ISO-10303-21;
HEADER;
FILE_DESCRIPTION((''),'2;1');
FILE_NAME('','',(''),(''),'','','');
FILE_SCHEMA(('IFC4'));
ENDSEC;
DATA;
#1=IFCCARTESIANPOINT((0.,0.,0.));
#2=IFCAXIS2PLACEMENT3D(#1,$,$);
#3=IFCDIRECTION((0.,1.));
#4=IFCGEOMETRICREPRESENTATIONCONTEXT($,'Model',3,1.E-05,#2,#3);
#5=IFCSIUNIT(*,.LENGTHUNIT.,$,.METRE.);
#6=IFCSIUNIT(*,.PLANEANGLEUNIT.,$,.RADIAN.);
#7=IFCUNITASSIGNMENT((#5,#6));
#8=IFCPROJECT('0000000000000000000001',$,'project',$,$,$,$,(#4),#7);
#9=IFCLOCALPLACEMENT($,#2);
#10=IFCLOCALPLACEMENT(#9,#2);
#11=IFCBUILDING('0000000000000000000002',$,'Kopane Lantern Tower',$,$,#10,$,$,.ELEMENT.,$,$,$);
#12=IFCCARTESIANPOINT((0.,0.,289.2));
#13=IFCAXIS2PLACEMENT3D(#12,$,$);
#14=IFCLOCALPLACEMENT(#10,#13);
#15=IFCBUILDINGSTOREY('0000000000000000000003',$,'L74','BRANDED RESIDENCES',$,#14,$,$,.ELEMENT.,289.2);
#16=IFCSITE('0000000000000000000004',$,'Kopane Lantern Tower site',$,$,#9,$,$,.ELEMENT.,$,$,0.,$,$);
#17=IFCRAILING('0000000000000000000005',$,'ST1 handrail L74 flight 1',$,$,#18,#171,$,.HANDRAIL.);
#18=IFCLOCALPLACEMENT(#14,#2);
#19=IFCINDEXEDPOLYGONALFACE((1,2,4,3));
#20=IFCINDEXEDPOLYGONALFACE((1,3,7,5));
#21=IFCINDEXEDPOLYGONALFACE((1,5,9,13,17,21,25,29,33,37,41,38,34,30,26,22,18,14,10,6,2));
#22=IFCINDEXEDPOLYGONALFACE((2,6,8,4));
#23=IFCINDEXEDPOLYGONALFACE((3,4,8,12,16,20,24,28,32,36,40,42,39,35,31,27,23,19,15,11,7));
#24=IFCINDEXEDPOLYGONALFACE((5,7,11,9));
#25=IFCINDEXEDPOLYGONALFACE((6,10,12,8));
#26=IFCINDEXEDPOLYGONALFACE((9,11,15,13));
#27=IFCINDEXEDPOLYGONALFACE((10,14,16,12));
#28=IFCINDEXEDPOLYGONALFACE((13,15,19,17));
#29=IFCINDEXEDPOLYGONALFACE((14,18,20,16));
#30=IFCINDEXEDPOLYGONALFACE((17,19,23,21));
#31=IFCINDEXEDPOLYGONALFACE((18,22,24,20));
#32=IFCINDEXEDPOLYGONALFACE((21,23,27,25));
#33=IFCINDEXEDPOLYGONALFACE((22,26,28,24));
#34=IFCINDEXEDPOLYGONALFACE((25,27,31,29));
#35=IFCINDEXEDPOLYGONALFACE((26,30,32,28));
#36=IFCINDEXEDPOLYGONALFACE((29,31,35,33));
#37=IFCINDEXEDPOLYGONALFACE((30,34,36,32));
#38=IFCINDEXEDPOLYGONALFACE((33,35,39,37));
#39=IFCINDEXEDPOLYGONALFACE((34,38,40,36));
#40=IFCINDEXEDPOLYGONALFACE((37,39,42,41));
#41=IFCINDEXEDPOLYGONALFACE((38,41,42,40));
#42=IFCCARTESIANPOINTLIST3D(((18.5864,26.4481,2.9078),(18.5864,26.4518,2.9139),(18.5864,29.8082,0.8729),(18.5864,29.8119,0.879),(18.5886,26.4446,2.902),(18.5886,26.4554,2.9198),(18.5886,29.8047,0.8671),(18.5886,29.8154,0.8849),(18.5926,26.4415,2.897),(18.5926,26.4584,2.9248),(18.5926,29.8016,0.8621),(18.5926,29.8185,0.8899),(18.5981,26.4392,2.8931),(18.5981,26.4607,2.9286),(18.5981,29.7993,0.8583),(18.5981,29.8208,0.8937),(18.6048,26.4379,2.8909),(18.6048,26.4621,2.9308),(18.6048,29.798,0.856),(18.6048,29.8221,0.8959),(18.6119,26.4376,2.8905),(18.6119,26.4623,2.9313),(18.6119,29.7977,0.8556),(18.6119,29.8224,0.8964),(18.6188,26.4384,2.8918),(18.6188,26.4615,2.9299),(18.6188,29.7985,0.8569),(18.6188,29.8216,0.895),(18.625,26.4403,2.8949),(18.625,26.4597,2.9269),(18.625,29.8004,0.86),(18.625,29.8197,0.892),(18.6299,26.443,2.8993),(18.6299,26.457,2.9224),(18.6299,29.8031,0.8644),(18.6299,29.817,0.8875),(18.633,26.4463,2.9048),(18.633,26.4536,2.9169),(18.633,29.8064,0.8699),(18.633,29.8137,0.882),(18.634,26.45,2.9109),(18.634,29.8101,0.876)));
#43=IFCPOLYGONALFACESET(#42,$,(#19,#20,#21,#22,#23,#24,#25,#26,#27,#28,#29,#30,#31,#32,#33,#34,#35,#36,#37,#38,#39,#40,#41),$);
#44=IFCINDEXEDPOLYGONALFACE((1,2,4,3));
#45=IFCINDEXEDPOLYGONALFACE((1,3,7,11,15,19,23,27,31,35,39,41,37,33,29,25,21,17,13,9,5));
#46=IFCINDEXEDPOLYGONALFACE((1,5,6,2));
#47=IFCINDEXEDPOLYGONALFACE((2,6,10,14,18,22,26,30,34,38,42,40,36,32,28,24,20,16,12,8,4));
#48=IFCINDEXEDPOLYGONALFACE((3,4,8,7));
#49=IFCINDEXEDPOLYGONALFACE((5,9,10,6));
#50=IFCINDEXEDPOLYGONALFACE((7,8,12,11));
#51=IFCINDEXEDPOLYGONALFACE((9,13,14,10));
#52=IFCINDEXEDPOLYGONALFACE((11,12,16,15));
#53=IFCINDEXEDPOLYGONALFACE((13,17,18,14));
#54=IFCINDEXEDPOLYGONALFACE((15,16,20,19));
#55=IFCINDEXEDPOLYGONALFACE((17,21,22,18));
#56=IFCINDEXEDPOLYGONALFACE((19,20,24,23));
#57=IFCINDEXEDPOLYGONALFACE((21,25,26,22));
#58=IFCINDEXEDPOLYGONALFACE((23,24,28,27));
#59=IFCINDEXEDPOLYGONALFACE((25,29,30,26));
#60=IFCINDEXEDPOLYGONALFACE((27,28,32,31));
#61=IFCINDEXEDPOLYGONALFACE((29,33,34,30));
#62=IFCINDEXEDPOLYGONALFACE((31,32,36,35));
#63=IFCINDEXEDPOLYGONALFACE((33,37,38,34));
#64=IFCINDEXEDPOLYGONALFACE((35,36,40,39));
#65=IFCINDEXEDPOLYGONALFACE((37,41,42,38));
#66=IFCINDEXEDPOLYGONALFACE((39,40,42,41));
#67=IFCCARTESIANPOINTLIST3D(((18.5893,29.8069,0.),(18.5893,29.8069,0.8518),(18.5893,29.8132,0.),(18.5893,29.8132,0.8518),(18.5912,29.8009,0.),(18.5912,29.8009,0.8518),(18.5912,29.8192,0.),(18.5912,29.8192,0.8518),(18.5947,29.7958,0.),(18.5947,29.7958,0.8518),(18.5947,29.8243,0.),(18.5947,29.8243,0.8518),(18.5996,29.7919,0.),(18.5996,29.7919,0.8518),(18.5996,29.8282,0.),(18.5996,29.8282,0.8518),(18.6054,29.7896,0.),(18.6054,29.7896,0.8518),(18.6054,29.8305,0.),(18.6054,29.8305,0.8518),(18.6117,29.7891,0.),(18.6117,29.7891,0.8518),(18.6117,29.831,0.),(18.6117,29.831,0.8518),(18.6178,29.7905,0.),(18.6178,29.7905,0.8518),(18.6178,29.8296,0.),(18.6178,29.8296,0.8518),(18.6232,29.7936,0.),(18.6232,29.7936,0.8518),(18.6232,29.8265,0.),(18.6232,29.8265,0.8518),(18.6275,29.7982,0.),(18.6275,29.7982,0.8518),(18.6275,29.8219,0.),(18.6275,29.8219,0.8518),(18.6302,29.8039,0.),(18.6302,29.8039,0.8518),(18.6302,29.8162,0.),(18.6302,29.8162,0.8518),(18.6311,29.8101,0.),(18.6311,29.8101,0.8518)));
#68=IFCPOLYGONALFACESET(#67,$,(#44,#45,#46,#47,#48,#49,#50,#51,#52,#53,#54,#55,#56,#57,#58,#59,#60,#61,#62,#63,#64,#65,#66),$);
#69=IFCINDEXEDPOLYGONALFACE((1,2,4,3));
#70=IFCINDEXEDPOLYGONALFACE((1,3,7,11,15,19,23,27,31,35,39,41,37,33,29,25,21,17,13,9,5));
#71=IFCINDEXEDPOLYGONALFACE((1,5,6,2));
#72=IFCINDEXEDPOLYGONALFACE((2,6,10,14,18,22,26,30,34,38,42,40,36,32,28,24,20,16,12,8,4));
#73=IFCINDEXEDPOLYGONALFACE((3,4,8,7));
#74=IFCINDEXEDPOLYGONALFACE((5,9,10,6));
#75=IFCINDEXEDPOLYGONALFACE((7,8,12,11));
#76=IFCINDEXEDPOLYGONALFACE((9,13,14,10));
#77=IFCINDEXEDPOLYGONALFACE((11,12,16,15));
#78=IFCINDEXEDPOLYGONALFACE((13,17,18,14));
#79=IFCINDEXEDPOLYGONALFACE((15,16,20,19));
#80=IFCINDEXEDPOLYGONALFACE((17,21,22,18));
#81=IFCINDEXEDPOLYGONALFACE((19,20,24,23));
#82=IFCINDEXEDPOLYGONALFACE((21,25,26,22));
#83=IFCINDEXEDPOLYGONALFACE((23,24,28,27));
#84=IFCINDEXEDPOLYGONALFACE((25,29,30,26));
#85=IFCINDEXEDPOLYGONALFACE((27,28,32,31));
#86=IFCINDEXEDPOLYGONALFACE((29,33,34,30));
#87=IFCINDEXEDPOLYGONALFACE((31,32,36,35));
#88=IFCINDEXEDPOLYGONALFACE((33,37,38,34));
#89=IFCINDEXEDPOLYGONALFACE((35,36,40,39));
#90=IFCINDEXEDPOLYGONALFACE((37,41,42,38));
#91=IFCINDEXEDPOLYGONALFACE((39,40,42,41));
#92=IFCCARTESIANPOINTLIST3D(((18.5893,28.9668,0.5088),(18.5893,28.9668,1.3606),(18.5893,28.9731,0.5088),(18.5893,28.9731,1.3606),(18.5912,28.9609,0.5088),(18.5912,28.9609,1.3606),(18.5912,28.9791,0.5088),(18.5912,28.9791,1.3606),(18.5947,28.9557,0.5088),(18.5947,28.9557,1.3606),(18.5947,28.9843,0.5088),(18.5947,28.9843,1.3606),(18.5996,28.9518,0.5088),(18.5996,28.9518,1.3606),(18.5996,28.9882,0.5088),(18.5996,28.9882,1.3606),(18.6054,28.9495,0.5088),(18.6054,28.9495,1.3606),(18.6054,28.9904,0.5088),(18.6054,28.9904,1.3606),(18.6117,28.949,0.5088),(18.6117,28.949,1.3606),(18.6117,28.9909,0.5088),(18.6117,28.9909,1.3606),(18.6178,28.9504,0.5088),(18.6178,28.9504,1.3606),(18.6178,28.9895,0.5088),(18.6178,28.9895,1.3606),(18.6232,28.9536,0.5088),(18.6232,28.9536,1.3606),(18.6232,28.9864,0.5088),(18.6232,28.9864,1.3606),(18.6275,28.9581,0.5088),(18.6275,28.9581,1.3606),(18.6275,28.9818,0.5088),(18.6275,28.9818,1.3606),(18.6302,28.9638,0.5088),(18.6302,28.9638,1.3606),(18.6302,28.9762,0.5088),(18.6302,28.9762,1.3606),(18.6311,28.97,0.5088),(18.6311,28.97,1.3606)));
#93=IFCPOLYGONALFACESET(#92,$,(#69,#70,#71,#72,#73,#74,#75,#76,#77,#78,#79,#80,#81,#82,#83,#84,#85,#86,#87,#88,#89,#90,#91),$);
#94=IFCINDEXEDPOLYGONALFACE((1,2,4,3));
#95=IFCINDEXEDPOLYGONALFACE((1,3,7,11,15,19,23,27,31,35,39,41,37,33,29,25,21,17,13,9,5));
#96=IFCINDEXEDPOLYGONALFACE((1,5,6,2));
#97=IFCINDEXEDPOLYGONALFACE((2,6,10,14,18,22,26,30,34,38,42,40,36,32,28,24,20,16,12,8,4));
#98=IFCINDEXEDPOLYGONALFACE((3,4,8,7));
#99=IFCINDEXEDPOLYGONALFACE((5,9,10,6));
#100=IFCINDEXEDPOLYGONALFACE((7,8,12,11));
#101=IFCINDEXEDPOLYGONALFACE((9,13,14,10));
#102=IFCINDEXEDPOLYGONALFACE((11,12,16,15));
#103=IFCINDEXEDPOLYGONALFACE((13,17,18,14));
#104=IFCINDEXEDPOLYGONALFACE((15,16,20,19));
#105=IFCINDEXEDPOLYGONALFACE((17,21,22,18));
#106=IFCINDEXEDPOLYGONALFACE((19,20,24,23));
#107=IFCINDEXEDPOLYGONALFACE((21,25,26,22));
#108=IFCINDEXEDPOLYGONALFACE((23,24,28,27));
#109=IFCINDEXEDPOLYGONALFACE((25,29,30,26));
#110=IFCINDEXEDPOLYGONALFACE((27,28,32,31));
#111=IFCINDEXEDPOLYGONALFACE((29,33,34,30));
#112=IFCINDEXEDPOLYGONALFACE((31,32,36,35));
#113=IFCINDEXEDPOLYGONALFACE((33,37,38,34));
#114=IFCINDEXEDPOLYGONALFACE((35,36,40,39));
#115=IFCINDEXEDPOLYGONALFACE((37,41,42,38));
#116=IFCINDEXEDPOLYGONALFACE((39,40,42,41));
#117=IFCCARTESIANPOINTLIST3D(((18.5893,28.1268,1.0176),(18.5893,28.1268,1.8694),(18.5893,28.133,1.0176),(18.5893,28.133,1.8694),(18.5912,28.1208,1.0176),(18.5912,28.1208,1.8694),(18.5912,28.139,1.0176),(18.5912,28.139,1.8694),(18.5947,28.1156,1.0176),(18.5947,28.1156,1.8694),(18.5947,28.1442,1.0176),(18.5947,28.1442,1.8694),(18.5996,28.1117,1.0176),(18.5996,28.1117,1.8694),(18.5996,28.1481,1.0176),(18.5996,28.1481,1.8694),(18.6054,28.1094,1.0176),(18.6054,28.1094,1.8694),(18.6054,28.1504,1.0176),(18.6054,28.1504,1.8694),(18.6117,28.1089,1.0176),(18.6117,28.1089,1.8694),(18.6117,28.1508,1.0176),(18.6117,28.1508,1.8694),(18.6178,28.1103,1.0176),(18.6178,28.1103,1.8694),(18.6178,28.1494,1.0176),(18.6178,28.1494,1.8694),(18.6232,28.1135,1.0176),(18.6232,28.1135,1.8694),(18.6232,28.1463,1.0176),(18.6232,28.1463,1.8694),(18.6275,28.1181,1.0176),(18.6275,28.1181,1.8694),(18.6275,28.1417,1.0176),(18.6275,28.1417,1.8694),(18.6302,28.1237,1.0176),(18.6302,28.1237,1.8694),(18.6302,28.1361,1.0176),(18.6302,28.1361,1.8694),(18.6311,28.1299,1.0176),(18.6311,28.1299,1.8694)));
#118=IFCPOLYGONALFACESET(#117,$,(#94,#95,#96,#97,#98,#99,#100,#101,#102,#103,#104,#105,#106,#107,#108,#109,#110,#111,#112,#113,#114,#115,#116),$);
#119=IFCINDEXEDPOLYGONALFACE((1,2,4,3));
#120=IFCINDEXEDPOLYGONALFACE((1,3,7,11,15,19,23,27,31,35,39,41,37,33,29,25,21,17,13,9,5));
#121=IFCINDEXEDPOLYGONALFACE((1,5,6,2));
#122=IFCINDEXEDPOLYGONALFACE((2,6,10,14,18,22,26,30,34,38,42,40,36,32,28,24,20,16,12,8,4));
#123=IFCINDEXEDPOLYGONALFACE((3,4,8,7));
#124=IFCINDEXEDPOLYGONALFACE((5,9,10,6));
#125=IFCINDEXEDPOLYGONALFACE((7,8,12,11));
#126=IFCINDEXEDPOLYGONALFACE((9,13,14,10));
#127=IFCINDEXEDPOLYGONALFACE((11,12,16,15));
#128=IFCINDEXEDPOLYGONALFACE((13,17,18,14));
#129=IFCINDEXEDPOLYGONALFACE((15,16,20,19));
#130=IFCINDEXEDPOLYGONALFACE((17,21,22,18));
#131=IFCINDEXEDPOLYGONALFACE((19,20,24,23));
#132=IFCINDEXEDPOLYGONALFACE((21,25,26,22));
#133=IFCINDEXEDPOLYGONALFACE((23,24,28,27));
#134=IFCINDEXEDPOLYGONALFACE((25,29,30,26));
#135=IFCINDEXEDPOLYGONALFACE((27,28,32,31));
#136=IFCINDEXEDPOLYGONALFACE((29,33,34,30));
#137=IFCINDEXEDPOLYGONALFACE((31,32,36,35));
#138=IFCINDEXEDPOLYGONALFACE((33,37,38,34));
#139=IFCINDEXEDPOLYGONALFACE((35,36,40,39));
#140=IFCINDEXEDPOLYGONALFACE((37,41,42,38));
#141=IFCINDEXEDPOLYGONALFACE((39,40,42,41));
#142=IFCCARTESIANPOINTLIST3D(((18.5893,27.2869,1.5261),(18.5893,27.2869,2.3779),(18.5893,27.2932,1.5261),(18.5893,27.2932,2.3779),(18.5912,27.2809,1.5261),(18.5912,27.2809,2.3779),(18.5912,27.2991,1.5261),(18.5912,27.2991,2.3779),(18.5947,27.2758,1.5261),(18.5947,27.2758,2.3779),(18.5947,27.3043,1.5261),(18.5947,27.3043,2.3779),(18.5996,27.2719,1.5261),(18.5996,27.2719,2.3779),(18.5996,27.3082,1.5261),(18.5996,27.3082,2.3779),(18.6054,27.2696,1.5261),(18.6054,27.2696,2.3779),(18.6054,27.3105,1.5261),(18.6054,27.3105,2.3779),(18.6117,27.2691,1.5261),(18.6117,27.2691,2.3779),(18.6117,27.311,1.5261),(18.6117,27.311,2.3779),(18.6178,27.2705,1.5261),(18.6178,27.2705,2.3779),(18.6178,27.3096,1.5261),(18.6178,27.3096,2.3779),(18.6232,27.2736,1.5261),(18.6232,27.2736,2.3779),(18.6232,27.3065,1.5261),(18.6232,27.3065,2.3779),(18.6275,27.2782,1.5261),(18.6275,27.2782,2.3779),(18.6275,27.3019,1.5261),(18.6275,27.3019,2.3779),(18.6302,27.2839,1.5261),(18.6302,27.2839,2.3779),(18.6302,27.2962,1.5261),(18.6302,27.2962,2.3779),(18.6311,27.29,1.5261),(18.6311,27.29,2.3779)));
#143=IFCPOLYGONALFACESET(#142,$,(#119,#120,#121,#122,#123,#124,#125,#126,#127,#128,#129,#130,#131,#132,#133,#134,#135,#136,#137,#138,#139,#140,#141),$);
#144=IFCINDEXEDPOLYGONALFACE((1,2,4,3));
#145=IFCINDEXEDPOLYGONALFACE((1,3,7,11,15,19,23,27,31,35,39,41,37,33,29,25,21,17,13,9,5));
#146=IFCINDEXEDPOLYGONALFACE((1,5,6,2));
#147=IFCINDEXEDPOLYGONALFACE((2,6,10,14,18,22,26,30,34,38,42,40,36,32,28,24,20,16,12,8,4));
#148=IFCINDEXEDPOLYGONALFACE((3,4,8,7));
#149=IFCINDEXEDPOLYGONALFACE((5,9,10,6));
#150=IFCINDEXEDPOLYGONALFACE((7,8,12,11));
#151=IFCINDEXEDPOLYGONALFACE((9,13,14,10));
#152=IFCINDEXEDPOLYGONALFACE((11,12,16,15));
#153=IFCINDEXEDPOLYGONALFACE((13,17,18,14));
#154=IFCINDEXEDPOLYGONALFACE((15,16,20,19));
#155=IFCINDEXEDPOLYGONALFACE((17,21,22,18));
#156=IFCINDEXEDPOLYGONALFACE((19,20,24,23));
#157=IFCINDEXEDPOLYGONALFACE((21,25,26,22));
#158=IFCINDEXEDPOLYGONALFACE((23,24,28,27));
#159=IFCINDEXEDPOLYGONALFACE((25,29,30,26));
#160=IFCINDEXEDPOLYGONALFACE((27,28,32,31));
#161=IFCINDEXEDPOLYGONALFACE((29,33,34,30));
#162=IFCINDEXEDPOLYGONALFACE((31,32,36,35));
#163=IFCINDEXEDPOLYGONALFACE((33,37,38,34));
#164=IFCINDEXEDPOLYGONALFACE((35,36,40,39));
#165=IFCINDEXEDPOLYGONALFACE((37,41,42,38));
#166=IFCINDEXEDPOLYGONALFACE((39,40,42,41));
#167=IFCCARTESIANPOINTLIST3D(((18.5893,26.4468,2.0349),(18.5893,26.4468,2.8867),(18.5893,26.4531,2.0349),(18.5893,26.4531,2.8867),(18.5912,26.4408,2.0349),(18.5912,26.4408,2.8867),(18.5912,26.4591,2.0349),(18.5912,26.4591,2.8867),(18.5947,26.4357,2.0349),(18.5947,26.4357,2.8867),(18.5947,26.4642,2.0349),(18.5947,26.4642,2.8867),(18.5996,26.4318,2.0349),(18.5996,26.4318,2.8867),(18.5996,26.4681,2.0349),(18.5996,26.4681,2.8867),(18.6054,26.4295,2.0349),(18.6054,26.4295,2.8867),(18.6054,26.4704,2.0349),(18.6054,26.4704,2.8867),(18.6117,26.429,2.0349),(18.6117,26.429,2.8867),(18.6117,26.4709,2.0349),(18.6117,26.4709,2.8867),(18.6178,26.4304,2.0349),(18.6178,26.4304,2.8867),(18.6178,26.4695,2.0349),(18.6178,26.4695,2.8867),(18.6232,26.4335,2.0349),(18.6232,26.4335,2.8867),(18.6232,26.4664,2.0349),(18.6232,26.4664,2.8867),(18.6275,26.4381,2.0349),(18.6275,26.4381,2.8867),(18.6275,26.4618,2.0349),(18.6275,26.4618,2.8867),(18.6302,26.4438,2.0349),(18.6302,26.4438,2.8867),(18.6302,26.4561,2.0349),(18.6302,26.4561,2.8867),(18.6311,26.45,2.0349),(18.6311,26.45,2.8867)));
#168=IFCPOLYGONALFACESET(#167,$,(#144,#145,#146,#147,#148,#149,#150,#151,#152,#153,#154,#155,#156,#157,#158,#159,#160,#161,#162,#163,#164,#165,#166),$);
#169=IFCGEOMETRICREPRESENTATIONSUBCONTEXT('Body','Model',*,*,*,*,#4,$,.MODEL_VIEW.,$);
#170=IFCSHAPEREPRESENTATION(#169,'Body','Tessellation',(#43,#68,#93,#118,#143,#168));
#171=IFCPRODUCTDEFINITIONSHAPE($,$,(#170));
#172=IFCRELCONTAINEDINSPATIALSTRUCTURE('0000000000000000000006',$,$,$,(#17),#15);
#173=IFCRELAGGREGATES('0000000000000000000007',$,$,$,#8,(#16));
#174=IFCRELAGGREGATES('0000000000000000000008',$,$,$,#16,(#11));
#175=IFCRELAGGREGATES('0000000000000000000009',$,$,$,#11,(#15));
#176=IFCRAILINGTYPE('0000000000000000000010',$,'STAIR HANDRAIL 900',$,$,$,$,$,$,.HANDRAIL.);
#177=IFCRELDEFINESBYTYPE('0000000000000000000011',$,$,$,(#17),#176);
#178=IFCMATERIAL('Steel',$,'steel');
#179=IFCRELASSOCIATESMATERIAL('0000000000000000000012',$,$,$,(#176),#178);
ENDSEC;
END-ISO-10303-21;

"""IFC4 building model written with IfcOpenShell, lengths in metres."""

from ifc_helpers import new_model, si_unit, direction, frame, origin, origin_2d, place, context, subcontext, project, spatial, circle, extrude, material, type_object, element, save


model = new_model("IFC4")

# Units and contexts
model_context = context("Model", 3, precision=1e-05, world=origin(), true_north=direction((0.0, 1.0)))
body_context = subcontext(model_context, "Body", "Model", "MODEL_VIEW")
ifc_project = project(units=[si_unit("LENGTHUNIT", "METRE"), si_unit("PLANEANGLEUNIT", "RADIAN")], contexts=[model_context])

# Site, building, storey
site_placement = place(None, origin())
site = spatial("IfcSite", under=ifc_project, at=site_placement, Name="Kopane Lantern Tower site", CompositionType="ELEMENT", RefElevation=0.0)
building_placement = place(site_placement, origin())
building = spatial("IfcBuilding", under=site, at=building_placement, Name="Kopane Lantern Tower", CompositionType="ELEMENT")
storey_placement = place(building_placement, frame((0.0, 0.0, 289.2)))
storey = spatial("IfcBuildingStorey", under=building, at=storey_placement, Name="L74", Description="BRANDED RESIDENCES", CompositionType="ELEMENT", Elevation=289.2)

# Railing
ifc_material_1 = material(Name="Steel", Category="steel")
railing_type_1 = type_object("IfcRailingType", Name="STAIR HANDRAIL 900", PredefinedType="HANDRAIL", material=ifc_material_1)
for number, where, name in (
    (1, (18.6101, 29.8101, 0.0), "ST1 handrail L74 flight 1"),
):
    element("IfcRailing", number, at=place(storey_placement, frame(where)), inside=storey, type_object=railing_type_1, Name=name, PredefinedType="HANDRAIL", context=body_context, shape_type="SweptSolid", body=[
        extrude(circle(Radius=0.0239, at=origin_2d()), frame((0.0, 0.0, 0.876), z_axis=(0.0, -0.855369, 0.518019), x_axis=(1.0, 0.0, 0.0)), (0.0, 0.0, 1.0), 3.9282),
        extrude(circle(Radius=0.021, at=origin_2d()), origin(), (0.0, 0.0, 1.0), 0.8518),
        extrude(circle(Radius=0.021, at=origin_2d()), frame((0.0, -0.8401, 0.5088)), (0.0, 0.0, 1.0), 0.8518),
        extrude(circle(Radius=0.021, at=origin_2d()), frame((0.0, -1.6802, 1.0176)), (0.0, 0.0, 1.0), 0.8518),
        extrude(circle(Radius=0.021, at=origin_2d()), frame((0.0, -2.52, 1.5261)), (0.0, 0.0, 1.0), 0.8518),
        extrude(circle(Radius=0.021, at=origin_2d()), frame((0.0, -3.3601, 2.0349)), (0.0, 0.0, 1.0), 0.8518),
    ])

save(model, "model.ifc")
